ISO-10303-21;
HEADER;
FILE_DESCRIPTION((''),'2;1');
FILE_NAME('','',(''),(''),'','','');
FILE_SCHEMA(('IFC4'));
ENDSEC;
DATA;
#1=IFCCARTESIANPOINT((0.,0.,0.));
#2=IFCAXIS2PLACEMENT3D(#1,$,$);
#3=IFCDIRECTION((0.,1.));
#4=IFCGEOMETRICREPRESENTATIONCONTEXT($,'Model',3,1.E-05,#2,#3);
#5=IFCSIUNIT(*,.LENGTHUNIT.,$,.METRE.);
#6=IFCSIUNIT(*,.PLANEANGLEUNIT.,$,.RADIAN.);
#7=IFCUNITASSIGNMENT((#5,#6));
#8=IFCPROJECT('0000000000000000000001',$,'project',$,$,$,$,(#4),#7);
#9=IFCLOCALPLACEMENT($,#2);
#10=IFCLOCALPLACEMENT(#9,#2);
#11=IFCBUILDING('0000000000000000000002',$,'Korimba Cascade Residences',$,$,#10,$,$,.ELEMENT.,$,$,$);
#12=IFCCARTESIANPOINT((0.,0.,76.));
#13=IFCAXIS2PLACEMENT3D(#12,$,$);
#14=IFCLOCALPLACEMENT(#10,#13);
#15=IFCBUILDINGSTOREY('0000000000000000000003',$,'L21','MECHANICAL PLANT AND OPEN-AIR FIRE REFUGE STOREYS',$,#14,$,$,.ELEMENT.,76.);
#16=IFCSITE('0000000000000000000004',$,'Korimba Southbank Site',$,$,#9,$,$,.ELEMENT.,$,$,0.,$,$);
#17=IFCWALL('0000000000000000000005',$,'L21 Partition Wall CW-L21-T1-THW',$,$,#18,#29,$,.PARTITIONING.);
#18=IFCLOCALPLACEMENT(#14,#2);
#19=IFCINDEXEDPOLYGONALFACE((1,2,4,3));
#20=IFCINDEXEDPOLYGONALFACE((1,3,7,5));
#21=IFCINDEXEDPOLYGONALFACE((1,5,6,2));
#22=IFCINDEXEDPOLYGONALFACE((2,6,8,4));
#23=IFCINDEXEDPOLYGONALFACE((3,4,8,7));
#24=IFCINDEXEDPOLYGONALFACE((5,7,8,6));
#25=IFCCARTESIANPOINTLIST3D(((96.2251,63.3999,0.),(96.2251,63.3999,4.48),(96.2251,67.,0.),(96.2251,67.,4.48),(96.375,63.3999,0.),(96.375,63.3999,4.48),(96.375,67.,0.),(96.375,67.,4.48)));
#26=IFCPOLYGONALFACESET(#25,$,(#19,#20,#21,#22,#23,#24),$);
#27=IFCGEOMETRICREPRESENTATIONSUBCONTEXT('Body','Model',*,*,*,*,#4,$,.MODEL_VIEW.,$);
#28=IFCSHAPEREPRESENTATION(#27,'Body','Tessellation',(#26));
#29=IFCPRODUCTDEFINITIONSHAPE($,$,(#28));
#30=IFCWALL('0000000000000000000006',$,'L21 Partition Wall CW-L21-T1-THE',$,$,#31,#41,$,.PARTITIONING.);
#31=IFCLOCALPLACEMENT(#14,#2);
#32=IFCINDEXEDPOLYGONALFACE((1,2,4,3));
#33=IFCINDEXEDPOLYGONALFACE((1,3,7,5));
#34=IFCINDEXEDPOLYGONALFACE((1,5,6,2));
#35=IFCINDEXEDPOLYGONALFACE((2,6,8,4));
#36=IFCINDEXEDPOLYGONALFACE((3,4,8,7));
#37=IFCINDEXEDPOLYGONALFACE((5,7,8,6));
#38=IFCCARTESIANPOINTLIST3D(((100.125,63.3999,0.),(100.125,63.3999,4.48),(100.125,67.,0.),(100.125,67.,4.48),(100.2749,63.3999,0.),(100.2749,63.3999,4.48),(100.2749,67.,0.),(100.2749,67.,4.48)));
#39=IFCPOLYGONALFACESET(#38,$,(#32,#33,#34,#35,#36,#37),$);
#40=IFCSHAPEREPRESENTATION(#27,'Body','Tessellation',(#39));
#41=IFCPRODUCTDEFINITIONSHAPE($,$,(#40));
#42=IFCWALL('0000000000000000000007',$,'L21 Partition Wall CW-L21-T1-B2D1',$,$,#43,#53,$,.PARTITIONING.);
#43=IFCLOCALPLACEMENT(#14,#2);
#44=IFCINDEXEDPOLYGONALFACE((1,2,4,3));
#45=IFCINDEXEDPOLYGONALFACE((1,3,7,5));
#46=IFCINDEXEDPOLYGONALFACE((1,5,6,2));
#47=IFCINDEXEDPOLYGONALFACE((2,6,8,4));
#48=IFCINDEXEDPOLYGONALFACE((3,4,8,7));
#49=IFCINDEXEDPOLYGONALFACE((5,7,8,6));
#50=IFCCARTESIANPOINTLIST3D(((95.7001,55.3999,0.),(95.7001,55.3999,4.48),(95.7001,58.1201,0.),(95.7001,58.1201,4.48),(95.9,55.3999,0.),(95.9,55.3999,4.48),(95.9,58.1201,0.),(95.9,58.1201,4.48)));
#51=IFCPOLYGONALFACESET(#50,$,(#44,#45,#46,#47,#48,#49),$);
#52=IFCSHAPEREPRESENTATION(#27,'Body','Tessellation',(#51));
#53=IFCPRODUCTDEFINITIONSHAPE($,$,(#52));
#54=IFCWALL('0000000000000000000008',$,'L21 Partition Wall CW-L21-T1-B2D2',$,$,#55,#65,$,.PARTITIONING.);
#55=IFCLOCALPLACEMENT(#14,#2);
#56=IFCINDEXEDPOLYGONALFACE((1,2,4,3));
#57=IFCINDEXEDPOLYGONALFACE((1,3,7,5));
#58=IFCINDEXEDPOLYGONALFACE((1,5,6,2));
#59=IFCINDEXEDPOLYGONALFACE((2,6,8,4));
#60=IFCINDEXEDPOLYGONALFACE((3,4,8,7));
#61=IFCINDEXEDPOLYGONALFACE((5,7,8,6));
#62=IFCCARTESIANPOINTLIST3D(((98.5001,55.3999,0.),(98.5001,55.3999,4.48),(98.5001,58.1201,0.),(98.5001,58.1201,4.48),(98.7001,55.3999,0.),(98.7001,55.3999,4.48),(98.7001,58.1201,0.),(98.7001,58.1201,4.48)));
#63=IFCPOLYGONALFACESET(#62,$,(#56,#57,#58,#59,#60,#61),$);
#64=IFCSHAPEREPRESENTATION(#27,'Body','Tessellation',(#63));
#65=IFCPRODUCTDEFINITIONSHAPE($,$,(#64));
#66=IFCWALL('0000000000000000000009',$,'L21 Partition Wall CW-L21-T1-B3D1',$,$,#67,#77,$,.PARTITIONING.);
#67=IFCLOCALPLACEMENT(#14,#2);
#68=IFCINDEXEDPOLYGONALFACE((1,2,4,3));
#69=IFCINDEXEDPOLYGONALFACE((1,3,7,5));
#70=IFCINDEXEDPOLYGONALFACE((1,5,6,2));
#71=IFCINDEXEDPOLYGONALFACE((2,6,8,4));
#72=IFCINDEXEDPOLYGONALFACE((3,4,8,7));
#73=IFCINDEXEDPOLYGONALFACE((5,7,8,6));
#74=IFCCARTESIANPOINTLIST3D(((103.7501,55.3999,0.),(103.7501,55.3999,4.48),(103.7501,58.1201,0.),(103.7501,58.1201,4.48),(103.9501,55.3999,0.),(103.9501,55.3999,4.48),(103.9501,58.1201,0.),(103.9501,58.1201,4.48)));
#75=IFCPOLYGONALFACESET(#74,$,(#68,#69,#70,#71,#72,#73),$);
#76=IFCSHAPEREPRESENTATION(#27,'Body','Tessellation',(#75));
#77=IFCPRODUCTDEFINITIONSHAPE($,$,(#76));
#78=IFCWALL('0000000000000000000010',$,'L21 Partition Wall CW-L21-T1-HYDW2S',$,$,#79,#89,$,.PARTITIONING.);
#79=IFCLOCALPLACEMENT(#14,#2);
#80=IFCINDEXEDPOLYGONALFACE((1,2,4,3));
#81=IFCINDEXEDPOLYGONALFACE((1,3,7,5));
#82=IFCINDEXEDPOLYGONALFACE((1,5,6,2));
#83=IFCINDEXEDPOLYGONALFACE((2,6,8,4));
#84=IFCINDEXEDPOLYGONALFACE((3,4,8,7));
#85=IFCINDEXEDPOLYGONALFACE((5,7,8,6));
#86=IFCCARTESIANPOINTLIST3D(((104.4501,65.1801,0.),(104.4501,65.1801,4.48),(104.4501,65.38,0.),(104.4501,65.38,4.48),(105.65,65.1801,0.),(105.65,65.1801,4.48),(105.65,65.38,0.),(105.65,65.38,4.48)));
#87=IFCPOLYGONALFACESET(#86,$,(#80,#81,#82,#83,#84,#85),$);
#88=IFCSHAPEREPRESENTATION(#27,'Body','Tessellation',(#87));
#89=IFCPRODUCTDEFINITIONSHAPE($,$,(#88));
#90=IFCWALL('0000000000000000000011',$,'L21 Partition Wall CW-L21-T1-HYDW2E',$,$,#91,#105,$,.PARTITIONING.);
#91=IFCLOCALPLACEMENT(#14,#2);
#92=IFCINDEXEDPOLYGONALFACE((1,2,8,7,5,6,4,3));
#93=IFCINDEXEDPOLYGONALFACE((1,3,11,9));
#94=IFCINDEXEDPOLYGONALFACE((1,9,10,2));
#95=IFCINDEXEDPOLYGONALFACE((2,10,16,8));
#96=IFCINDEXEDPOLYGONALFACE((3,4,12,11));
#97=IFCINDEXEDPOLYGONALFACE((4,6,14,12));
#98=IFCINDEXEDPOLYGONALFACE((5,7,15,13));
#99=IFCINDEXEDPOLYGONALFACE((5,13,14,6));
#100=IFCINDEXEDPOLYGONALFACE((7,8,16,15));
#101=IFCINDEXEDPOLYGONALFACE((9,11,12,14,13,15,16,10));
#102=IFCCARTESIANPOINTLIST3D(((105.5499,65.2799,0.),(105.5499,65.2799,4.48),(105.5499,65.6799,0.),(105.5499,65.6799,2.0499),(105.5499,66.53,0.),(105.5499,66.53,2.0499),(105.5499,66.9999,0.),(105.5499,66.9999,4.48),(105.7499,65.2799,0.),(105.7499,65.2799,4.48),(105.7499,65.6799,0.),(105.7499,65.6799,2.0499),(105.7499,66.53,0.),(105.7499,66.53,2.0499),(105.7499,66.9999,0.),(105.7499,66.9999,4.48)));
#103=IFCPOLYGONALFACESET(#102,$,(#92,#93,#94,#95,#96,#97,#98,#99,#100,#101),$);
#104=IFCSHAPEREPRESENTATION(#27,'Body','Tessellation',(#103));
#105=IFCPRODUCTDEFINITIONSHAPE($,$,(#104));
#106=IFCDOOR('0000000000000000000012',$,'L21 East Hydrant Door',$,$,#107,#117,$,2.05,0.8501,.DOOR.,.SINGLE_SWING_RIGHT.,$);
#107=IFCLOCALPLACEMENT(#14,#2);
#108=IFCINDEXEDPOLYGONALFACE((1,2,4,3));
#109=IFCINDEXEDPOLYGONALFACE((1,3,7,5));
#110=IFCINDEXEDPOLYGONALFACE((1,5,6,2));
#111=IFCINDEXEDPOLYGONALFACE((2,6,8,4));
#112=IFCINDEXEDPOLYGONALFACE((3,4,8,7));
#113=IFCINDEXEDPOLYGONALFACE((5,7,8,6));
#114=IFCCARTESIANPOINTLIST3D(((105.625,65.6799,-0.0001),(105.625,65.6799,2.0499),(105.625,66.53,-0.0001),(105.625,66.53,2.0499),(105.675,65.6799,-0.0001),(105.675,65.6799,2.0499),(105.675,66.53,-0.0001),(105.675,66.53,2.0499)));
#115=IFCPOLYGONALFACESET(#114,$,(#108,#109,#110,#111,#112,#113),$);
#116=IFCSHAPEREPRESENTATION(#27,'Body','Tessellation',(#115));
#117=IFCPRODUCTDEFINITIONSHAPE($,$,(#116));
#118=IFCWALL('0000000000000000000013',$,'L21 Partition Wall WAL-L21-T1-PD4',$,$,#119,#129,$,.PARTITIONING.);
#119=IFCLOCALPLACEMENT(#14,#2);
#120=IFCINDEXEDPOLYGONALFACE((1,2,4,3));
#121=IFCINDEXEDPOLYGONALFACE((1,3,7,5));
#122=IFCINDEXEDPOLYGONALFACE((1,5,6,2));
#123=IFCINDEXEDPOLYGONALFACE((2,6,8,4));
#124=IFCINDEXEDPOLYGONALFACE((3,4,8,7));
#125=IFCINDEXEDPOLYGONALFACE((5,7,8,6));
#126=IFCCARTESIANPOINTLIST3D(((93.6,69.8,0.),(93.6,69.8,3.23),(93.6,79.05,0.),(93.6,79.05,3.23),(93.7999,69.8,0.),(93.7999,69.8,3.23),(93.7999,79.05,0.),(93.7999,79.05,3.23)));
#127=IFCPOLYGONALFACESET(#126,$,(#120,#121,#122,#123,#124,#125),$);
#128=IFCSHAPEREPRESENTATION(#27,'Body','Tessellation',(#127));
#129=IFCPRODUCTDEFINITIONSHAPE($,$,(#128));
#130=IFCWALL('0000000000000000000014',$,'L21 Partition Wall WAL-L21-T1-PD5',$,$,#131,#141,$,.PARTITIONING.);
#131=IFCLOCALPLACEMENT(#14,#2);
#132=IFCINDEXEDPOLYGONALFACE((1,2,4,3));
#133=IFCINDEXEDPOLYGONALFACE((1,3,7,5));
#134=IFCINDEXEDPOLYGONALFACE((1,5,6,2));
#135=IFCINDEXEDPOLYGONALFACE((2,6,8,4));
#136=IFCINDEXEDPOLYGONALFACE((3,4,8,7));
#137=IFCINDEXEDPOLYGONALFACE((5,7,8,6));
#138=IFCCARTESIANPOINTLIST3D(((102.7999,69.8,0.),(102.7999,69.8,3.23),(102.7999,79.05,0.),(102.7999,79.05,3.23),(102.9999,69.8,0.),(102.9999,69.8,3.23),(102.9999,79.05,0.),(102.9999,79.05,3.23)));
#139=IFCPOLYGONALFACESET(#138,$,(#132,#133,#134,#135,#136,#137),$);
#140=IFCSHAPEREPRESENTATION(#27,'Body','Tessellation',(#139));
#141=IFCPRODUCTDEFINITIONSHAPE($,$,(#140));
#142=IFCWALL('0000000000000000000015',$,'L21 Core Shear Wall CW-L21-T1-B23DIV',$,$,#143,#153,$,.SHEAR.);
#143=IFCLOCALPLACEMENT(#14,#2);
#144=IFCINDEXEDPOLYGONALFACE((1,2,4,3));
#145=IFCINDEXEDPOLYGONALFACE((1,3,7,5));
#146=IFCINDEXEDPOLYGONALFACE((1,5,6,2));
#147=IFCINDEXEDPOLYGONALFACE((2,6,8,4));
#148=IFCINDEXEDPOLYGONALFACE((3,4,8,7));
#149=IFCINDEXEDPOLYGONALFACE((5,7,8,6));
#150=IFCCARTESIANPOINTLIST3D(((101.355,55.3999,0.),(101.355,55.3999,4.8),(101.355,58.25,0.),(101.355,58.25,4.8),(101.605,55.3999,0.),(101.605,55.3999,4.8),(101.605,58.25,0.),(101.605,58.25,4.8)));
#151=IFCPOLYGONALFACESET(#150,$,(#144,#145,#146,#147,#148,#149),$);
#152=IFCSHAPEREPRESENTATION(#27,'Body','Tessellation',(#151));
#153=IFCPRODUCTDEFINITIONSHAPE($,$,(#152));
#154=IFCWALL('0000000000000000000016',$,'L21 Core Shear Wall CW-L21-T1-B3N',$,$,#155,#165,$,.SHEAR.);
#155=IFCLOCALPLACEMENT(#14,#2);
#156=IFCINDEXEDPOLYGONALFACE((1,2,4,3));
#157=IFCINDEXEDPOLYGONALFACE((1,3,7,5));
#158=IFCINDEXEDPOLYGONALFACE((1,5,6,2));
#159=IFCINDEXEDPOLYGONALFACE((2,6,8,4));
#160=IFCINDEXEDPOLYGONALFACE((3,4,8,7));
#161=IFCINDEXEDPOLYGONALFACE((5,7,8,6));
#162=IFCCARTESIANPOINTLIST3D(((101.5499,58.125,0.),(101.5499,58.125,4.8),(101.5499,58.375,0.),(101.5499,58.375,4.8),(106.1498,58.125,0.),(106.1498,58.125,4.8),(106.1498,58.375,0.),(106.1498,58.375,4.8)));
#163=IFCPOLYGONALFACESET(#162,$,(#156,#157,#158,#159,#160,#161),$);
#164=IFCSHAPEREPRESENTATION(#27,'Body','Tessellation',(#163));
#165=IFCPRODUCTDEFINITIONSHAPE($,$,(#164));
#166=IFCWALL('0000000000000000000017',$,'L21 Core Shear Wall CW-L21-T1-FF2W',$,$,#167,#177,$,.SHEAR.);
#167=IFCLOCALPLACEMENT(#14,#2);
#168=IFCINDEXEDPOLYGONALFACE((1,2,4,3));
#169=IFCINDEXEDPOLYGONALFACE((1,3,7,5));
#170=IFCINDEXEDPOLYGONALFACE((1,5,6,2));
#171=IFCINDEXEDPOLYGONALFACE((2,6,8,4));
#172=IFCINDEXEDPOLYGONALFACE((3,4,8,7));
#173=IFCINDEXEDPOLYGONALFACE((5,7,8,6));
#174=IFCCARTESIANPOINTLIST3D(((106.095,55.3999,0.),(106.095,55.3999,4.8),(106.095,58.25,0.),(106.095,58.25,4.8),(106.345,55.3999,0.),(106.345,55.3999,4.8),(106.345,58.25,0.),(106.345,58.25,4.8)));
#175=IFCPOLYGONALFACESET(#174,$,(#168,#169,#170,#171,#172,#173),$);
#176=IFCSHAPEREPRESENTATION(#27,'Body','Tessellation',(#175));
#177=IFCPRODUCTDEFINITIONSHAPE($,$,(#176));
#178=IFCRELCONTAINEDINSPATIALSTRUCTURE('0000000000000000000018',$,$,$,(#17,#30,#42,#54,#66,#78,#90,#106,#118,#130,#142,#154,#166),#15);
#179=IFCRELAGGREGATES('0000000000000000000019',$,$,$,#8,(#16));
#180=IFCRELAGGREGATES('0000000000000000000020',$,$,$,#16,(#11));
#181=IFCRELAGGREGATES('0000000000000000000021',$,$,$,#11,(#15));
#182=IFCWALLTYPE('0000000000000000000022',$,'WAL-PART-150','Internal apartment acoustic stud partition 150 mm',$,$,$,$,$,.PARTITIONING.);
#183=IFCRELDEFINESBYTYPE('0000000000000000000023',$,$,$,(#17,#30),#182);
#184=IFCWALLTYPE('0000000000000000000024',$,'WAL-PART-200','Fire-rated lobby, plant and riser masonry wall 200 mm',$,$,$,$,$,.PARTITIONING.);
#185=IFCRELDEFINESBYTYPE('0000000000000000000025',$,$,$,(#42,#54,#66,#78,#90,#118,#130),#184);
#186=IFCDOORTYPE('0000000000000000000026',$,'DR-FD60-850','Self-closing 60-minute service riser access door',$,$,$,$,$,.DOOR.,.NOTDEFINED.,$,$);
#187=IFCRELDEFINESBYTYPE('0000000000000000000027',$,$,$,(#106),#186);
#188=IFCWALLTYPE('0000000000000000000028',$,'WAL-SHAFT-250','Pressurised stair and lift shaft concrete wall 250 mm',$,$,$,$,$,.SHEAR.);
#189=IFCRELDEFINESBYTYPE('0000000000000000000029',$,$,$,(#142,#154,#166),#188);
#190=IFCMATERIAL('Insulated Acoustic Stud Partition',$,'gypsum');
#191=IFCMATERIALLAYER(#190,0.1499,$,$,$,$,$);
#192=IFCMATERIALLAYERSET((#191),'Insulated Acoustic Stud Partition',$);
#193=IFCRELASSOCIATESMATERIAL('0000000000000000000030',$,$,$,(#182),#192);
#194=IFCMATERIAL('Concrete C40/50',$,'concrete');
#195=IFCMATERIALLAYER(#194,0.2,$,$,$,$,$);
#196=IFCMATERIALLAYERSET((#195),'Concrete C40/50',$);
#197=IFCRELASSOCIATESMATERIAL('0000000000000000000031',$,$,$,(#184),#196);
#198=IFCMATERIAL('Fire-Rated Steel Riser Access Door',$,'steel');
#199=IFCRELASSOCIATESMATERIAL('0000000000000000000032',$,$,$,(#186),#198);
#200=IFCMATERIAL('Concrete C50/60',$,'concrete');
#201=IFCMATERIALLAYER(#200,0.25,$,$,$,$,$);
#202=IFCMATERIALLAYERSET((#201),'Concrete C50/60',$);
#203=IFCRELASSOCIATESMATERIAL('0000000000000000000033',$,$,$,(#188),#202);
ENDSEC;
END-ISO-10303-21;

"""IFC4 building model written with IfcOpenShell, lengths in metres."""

from ifc_helpers import new_model, si_unit, direction, frame, frame_2d, origin, place, context, subcontext, project, spatial, rectangle, extrude, material, layer, layer_set, type_object, element, fill, save


model = new_model("IFC4")

# Units and contexts
model_context = context("Model", 3, precision=1e-05, world=origin(), true_north=direction((0.0, 1.0)))
body_context = subcontext(model_context, "Body", "Model", "MODEL_VIEW")
ifc_project = project(units=[si_unit("LENGTHUNIT", "METRE"), si_unit("PLANEANGLEUNIT", "RADIAN")], contexts=[model_context])

# Site, building, storey
site_placement = place(None, origin())
site = spatial("IfcSite", under=ifc_project, at=site_placement, Name="Korimba Southbank Site", CompositionType="ELEMENT", RefElevation=0.0)
building_placement = place(site_placement, origin())
building = spatial("IfcBuilding", under=site, at=building_placement, Name="Korimba Cascade Residences", CompositionType="ELEMENT")
storey_placement = place(building_placement, frame((0.0, 0.0, 76.0)))
storey = spatial("IfcBuildingStorey", under=building, at=storey_placement, Name="L21", Description="MECHANICAL PLANT AND OPEN-AIR FIRE REFUGE STOREYS", CompositionType="ELEMENT", Elevation=76.0)

# Walls
ifc_material_1 = material(Name="Insulated Acoustic Stud Partition", Category="gypsum")
ifc_layer_1 = layer(ifc_material_1, 0.1499)
ifc_layer_set_1 = layer_set([ifc_layer_1], Name="Insulated Acoustic Stud Partition")
wall_type_1 = type_object("IfcWallType", Name="WAL-PART-150", Description="Internal apartment acoustic stud partition 150 mm", PredefinedType="PARTITIONING", material=ifc_layer_set_1)
for number, where, z_axis, x_axis, name in (
    (1, (96.3, 63.3999, 0.0), (0.0, 0.0, 1.0), (0.0, 1.0, 0.0), "L21 Partition Wall CW-L21-T1-THW"),
    (2, (100.2, 63.3999, 0.0), (0.0, 0.0, 1.0), (0.0, 1.0, 0.0), "L21 Partition Wall CW-L21-T1-THE"),
):
    element("IfcWall", number, at=place(storey_placement, frame(where, z_axis=z_axis, x_axis=x_axis)), inside=storey, type_object=wall_type_1, Name=name, PredefinedType="PARTITIONING", context=body_context, shape_type="SweptSolid", body=[
        extrude(rectangle(XDim=3.6001, YDim=0.1499, at=frame_2d((1.8, 0.0))), origin(), (0.0, 0.0, 1.0), 4.48),
    ])
ifc_material_2 = material(Name="Concrete C40/50", Category="concrete")
ifc_layer_2 = layer(ifc_material_2, 0.2)
ifc_layer_set_2 = layer_set([ifc_layer_2], Name="Concrete C40/50")
wall_type_2 = type_object("IfcWallType", Name="WAL-PART-200", Description="Fire-rated lobby, plant and riser masonry wall 200 mm", PredefinedType="PARTITIONING", material=ifc_layer_set_2)
for number, where, z_axis, x_axis, name in (
    (3, (95.8, 55.3999, 0.0), (0.0, 0.0, 1.0), (0.0, 1.0, 0.0), "L21 Partition Wall CW-L21-T1-B2D1"),
    (4, (98.6001, 55.3999, 0.0), (0.0, 0.0, 1.0), (0.0, 1.0, 0.0), "L21 Partition Wall CW-L21-T1-B2D2"),
    (5, (103.8501, 55.3999, 0.0), (0.0, 0.0, 1.0), (0.0, 1.0, 0.0), "L21 Partition Wall CW-L21-T1-B3D1"),
):
    element("IfcWall", number, at=place(storey_placement, frame(where, z_axis=z_axis, x_axis=x_axis)), inside=storey, type_object=wall_type_2, Name=name, PredefinedType="PARTITIONING", context=body_context, shape_type="SweptSolid", body=[
        extrude(rectangle(XDim=2.7202, YDim=0.2, at=frame_2d((1.3601, 0.0))), origin(), (0.0, 0.0, 1.0), 4.48),
    ])
wall_1_placement = place(storey_placement, frame((104.45, 65.28, 0.0), z_axis=(0.0, 0.0, 1.0), x_axis=(1.0, 0.0, 0.0)))
element("IfcWall", 6, at=wall_1_placement, inside=storey, type_object=wall_type_2, Name="L21 Partition Wall CW-L21-T1-HYDW2S", PredefinedType="PARTITIONING", context=body_context, shape_type="SweptSolid", body=[
    extrude(rectangle(XDim=1.2, YDim=0.2, at=frame_2d((0.6001, 0.0))), origin(), (0.0, 0.0, 1.0), 4.48),
])

# Wall, opening, door
wall_2_placement = place(storey_placement, frame((105.6499, 65.28, 0.0), z_axis=(0.0, 0.0, 1.0), x_axis=(0.0, 1.0, 0.0)))
wall_2 = element("IfcWall", 7, at=wall_2_placement, inside=storey, type_object=wall_type_2, Name="L21 Partition Wall CW-L21-T1-HYDW2E", PredefinedType="PARTITIONING", context=body_context, shape_type="SweptSolid", body=[
    extrude(rectangle(XDim=1.72, YDim=0.2, at=frame_2d((0.8599, 0.0))), origin(), (0.0, 0.0, 1.0), 4.48),
])
opening_1_placement = place(wall_2_placement, frame((0.3999, 0.0, 0.0)))
opening_1 = element("IfcOpeningElement", 8, at=opening_1_placement, cuts=wall_2, PredefinedType="OPENING", context=body_context, shape_type="SweptSolid", body=[
    extrude(rectangle(XDim=0.8501, YDim=2.05, at=frame_2d((0.425, 1.0249))), frame((0.0, 0.1099, 0.0), z_axis=(0.0, -1.0, 0.0), x_axis=(1.0, 0.0, 0.0)), (0.0, 0.0, 1.0), 0.22),
])
ifc_material_3 = material(Name="Fire-Rated Steel Riser Access Door", Category="steel")
door_type_1 = type_object("IfcDoorType", Name="DR-FD60-850", Description="Self-closing 60-minute service riser access door", OperationType="NOTDEFINED", PredefinedType="DOOR", material=ifc_material_3)
door_1_placement = place(opening_1_placement, origin())
door_1 = element("IfcDoor", 9, at=door_1_placement, inside=storey, type_object=door_type_1, Name="L21 East Hydrant Door", OperationType="SINGLE_SWING_RIGHT", OverallHeight=2.05, OverallWidth=0.8501, PredefinedType="DOOR", context=body_context, shape_type="SweptSolid", body=[
    extrude(rectangle(XDim=0.8501, YDim=2.05, at=frame_2d((0.425, 1.0249))), frame((0.0, 0.0249, 0.0), z_axis=(0.0, -1.0, 0.0), x_axis=(1.0, 0.0, 0.0)), (0.0, 0.0, 1.0), 0.05),
])
fill(opening_1, door_1)

# Walls
for number, where, z_axis, x_axis, name in (
    (10, (93.7, 69.8, 0.0), (0.0, 0.0, 1.0), (0.0, 1.0, 0.0), "L21 Partition Wall WAL-L21-T1-PD4"),
    (11, (102.8999, 69.8, 0.0), (0.0, 0.0, 1.0), (0.0, 1.0, 0.0), "L21 Partition Wall WAL-L21-T1-PD5"),
):
    element("IfcWall", number, at=place(storey_placement, frame(where, z_axis=z_axis, x_axis=x_axis)), inside=storey, type_object=wall_type_2, Name=name, PredefinedType="PARTITIONING", context=body_context, shape_type="SweptSolid", body=[
        extrude(rectangle(XDim=9.25, YDim=0.2, at=frame_2d((4.625, 0.0))), origin(), (0.0, 0.0, 1.0), 3.23),
    ])
ifc_material_4 = material(Name="Concrete C50/60", Category="concrete")
ifc_layer_3 = layer(ifc_material_4, 0.25)
ifc_layer_set_3 = layer_set([ifc_layer_3], Name="Concrete C50/60")
wall_type_3 = type_object("IfcWallType", Name="WAL-SHAFT-250", Description="Pressurised stair and lift shaft concrete wall 250 mm", PredefinedType="SHEAR", material=ifc_layer_set_3)
wall_3_placement = place(storey_placement, frame((101.48, 55.3999, 0.0), z_axis=(0.0, 0.0, 1.0), x_axis=(0.0, 1.0, 0.0)))
element("IfcWall", 12, at=wall_3_placement, inside=storey, type_object=wall_type_3, Name="L21 Core Shear Wall CW-L21-T1-B23DIV", PredefinedType="SHEAR", context=body_context, shape_type="SweptSolid", body=[
    extrude(rectangle(XDim=2.8501, YDim=0.25, at=frame_2d((1.425, 0.0))), origin(), (0.0, 0.0, 1.0), 4.8),
])
wall_4_placement = place(storey_placement, frame((101.55, 58.25, 0.0), z_axis=(0.0, 0.0, 1.0), x_axis=(1.0, 0.0, 0.0)))
element("IfcWall", 13, at=wall_4_placement, inside=storey, type_object=wall_type_3, Name="L21 Core Shear Wall CW-L21-T1-B3N", PredefinedType="SHEAR", context=body_context, shape_type="SweptSolid", body=[
    extrude(rectangle(XDim=4.5999, YDim=0.25, at=frame_2d((2.2998, 0.0))), origin(), (0.0, 0.0, 1.0), 4.8),
])
wall_5_placement = place(storey_placement, frame((106.22, 55.3999, 0.0), z_axis=(0.0, 0.0, 1.0), x_axis=(0.0, 1.0, 0.0)))
element("IfcWall", 14, at=wall_5_placement, inside=storey, type_object=wall_type_3, Name="L21 Core Shear Wall CW-L21-T1-FF2W", PredefinedType="SHEAR", context=body_context, shape_type="SweptSolid", body=[
    extrude(rectangle(XDim=2.8501, YDim=0.25, at=frame_2d((1.425, 0.0))), origin(), (0.0, 0.0, 1.0), 4.8),
])

save(model, "model.ifc")
